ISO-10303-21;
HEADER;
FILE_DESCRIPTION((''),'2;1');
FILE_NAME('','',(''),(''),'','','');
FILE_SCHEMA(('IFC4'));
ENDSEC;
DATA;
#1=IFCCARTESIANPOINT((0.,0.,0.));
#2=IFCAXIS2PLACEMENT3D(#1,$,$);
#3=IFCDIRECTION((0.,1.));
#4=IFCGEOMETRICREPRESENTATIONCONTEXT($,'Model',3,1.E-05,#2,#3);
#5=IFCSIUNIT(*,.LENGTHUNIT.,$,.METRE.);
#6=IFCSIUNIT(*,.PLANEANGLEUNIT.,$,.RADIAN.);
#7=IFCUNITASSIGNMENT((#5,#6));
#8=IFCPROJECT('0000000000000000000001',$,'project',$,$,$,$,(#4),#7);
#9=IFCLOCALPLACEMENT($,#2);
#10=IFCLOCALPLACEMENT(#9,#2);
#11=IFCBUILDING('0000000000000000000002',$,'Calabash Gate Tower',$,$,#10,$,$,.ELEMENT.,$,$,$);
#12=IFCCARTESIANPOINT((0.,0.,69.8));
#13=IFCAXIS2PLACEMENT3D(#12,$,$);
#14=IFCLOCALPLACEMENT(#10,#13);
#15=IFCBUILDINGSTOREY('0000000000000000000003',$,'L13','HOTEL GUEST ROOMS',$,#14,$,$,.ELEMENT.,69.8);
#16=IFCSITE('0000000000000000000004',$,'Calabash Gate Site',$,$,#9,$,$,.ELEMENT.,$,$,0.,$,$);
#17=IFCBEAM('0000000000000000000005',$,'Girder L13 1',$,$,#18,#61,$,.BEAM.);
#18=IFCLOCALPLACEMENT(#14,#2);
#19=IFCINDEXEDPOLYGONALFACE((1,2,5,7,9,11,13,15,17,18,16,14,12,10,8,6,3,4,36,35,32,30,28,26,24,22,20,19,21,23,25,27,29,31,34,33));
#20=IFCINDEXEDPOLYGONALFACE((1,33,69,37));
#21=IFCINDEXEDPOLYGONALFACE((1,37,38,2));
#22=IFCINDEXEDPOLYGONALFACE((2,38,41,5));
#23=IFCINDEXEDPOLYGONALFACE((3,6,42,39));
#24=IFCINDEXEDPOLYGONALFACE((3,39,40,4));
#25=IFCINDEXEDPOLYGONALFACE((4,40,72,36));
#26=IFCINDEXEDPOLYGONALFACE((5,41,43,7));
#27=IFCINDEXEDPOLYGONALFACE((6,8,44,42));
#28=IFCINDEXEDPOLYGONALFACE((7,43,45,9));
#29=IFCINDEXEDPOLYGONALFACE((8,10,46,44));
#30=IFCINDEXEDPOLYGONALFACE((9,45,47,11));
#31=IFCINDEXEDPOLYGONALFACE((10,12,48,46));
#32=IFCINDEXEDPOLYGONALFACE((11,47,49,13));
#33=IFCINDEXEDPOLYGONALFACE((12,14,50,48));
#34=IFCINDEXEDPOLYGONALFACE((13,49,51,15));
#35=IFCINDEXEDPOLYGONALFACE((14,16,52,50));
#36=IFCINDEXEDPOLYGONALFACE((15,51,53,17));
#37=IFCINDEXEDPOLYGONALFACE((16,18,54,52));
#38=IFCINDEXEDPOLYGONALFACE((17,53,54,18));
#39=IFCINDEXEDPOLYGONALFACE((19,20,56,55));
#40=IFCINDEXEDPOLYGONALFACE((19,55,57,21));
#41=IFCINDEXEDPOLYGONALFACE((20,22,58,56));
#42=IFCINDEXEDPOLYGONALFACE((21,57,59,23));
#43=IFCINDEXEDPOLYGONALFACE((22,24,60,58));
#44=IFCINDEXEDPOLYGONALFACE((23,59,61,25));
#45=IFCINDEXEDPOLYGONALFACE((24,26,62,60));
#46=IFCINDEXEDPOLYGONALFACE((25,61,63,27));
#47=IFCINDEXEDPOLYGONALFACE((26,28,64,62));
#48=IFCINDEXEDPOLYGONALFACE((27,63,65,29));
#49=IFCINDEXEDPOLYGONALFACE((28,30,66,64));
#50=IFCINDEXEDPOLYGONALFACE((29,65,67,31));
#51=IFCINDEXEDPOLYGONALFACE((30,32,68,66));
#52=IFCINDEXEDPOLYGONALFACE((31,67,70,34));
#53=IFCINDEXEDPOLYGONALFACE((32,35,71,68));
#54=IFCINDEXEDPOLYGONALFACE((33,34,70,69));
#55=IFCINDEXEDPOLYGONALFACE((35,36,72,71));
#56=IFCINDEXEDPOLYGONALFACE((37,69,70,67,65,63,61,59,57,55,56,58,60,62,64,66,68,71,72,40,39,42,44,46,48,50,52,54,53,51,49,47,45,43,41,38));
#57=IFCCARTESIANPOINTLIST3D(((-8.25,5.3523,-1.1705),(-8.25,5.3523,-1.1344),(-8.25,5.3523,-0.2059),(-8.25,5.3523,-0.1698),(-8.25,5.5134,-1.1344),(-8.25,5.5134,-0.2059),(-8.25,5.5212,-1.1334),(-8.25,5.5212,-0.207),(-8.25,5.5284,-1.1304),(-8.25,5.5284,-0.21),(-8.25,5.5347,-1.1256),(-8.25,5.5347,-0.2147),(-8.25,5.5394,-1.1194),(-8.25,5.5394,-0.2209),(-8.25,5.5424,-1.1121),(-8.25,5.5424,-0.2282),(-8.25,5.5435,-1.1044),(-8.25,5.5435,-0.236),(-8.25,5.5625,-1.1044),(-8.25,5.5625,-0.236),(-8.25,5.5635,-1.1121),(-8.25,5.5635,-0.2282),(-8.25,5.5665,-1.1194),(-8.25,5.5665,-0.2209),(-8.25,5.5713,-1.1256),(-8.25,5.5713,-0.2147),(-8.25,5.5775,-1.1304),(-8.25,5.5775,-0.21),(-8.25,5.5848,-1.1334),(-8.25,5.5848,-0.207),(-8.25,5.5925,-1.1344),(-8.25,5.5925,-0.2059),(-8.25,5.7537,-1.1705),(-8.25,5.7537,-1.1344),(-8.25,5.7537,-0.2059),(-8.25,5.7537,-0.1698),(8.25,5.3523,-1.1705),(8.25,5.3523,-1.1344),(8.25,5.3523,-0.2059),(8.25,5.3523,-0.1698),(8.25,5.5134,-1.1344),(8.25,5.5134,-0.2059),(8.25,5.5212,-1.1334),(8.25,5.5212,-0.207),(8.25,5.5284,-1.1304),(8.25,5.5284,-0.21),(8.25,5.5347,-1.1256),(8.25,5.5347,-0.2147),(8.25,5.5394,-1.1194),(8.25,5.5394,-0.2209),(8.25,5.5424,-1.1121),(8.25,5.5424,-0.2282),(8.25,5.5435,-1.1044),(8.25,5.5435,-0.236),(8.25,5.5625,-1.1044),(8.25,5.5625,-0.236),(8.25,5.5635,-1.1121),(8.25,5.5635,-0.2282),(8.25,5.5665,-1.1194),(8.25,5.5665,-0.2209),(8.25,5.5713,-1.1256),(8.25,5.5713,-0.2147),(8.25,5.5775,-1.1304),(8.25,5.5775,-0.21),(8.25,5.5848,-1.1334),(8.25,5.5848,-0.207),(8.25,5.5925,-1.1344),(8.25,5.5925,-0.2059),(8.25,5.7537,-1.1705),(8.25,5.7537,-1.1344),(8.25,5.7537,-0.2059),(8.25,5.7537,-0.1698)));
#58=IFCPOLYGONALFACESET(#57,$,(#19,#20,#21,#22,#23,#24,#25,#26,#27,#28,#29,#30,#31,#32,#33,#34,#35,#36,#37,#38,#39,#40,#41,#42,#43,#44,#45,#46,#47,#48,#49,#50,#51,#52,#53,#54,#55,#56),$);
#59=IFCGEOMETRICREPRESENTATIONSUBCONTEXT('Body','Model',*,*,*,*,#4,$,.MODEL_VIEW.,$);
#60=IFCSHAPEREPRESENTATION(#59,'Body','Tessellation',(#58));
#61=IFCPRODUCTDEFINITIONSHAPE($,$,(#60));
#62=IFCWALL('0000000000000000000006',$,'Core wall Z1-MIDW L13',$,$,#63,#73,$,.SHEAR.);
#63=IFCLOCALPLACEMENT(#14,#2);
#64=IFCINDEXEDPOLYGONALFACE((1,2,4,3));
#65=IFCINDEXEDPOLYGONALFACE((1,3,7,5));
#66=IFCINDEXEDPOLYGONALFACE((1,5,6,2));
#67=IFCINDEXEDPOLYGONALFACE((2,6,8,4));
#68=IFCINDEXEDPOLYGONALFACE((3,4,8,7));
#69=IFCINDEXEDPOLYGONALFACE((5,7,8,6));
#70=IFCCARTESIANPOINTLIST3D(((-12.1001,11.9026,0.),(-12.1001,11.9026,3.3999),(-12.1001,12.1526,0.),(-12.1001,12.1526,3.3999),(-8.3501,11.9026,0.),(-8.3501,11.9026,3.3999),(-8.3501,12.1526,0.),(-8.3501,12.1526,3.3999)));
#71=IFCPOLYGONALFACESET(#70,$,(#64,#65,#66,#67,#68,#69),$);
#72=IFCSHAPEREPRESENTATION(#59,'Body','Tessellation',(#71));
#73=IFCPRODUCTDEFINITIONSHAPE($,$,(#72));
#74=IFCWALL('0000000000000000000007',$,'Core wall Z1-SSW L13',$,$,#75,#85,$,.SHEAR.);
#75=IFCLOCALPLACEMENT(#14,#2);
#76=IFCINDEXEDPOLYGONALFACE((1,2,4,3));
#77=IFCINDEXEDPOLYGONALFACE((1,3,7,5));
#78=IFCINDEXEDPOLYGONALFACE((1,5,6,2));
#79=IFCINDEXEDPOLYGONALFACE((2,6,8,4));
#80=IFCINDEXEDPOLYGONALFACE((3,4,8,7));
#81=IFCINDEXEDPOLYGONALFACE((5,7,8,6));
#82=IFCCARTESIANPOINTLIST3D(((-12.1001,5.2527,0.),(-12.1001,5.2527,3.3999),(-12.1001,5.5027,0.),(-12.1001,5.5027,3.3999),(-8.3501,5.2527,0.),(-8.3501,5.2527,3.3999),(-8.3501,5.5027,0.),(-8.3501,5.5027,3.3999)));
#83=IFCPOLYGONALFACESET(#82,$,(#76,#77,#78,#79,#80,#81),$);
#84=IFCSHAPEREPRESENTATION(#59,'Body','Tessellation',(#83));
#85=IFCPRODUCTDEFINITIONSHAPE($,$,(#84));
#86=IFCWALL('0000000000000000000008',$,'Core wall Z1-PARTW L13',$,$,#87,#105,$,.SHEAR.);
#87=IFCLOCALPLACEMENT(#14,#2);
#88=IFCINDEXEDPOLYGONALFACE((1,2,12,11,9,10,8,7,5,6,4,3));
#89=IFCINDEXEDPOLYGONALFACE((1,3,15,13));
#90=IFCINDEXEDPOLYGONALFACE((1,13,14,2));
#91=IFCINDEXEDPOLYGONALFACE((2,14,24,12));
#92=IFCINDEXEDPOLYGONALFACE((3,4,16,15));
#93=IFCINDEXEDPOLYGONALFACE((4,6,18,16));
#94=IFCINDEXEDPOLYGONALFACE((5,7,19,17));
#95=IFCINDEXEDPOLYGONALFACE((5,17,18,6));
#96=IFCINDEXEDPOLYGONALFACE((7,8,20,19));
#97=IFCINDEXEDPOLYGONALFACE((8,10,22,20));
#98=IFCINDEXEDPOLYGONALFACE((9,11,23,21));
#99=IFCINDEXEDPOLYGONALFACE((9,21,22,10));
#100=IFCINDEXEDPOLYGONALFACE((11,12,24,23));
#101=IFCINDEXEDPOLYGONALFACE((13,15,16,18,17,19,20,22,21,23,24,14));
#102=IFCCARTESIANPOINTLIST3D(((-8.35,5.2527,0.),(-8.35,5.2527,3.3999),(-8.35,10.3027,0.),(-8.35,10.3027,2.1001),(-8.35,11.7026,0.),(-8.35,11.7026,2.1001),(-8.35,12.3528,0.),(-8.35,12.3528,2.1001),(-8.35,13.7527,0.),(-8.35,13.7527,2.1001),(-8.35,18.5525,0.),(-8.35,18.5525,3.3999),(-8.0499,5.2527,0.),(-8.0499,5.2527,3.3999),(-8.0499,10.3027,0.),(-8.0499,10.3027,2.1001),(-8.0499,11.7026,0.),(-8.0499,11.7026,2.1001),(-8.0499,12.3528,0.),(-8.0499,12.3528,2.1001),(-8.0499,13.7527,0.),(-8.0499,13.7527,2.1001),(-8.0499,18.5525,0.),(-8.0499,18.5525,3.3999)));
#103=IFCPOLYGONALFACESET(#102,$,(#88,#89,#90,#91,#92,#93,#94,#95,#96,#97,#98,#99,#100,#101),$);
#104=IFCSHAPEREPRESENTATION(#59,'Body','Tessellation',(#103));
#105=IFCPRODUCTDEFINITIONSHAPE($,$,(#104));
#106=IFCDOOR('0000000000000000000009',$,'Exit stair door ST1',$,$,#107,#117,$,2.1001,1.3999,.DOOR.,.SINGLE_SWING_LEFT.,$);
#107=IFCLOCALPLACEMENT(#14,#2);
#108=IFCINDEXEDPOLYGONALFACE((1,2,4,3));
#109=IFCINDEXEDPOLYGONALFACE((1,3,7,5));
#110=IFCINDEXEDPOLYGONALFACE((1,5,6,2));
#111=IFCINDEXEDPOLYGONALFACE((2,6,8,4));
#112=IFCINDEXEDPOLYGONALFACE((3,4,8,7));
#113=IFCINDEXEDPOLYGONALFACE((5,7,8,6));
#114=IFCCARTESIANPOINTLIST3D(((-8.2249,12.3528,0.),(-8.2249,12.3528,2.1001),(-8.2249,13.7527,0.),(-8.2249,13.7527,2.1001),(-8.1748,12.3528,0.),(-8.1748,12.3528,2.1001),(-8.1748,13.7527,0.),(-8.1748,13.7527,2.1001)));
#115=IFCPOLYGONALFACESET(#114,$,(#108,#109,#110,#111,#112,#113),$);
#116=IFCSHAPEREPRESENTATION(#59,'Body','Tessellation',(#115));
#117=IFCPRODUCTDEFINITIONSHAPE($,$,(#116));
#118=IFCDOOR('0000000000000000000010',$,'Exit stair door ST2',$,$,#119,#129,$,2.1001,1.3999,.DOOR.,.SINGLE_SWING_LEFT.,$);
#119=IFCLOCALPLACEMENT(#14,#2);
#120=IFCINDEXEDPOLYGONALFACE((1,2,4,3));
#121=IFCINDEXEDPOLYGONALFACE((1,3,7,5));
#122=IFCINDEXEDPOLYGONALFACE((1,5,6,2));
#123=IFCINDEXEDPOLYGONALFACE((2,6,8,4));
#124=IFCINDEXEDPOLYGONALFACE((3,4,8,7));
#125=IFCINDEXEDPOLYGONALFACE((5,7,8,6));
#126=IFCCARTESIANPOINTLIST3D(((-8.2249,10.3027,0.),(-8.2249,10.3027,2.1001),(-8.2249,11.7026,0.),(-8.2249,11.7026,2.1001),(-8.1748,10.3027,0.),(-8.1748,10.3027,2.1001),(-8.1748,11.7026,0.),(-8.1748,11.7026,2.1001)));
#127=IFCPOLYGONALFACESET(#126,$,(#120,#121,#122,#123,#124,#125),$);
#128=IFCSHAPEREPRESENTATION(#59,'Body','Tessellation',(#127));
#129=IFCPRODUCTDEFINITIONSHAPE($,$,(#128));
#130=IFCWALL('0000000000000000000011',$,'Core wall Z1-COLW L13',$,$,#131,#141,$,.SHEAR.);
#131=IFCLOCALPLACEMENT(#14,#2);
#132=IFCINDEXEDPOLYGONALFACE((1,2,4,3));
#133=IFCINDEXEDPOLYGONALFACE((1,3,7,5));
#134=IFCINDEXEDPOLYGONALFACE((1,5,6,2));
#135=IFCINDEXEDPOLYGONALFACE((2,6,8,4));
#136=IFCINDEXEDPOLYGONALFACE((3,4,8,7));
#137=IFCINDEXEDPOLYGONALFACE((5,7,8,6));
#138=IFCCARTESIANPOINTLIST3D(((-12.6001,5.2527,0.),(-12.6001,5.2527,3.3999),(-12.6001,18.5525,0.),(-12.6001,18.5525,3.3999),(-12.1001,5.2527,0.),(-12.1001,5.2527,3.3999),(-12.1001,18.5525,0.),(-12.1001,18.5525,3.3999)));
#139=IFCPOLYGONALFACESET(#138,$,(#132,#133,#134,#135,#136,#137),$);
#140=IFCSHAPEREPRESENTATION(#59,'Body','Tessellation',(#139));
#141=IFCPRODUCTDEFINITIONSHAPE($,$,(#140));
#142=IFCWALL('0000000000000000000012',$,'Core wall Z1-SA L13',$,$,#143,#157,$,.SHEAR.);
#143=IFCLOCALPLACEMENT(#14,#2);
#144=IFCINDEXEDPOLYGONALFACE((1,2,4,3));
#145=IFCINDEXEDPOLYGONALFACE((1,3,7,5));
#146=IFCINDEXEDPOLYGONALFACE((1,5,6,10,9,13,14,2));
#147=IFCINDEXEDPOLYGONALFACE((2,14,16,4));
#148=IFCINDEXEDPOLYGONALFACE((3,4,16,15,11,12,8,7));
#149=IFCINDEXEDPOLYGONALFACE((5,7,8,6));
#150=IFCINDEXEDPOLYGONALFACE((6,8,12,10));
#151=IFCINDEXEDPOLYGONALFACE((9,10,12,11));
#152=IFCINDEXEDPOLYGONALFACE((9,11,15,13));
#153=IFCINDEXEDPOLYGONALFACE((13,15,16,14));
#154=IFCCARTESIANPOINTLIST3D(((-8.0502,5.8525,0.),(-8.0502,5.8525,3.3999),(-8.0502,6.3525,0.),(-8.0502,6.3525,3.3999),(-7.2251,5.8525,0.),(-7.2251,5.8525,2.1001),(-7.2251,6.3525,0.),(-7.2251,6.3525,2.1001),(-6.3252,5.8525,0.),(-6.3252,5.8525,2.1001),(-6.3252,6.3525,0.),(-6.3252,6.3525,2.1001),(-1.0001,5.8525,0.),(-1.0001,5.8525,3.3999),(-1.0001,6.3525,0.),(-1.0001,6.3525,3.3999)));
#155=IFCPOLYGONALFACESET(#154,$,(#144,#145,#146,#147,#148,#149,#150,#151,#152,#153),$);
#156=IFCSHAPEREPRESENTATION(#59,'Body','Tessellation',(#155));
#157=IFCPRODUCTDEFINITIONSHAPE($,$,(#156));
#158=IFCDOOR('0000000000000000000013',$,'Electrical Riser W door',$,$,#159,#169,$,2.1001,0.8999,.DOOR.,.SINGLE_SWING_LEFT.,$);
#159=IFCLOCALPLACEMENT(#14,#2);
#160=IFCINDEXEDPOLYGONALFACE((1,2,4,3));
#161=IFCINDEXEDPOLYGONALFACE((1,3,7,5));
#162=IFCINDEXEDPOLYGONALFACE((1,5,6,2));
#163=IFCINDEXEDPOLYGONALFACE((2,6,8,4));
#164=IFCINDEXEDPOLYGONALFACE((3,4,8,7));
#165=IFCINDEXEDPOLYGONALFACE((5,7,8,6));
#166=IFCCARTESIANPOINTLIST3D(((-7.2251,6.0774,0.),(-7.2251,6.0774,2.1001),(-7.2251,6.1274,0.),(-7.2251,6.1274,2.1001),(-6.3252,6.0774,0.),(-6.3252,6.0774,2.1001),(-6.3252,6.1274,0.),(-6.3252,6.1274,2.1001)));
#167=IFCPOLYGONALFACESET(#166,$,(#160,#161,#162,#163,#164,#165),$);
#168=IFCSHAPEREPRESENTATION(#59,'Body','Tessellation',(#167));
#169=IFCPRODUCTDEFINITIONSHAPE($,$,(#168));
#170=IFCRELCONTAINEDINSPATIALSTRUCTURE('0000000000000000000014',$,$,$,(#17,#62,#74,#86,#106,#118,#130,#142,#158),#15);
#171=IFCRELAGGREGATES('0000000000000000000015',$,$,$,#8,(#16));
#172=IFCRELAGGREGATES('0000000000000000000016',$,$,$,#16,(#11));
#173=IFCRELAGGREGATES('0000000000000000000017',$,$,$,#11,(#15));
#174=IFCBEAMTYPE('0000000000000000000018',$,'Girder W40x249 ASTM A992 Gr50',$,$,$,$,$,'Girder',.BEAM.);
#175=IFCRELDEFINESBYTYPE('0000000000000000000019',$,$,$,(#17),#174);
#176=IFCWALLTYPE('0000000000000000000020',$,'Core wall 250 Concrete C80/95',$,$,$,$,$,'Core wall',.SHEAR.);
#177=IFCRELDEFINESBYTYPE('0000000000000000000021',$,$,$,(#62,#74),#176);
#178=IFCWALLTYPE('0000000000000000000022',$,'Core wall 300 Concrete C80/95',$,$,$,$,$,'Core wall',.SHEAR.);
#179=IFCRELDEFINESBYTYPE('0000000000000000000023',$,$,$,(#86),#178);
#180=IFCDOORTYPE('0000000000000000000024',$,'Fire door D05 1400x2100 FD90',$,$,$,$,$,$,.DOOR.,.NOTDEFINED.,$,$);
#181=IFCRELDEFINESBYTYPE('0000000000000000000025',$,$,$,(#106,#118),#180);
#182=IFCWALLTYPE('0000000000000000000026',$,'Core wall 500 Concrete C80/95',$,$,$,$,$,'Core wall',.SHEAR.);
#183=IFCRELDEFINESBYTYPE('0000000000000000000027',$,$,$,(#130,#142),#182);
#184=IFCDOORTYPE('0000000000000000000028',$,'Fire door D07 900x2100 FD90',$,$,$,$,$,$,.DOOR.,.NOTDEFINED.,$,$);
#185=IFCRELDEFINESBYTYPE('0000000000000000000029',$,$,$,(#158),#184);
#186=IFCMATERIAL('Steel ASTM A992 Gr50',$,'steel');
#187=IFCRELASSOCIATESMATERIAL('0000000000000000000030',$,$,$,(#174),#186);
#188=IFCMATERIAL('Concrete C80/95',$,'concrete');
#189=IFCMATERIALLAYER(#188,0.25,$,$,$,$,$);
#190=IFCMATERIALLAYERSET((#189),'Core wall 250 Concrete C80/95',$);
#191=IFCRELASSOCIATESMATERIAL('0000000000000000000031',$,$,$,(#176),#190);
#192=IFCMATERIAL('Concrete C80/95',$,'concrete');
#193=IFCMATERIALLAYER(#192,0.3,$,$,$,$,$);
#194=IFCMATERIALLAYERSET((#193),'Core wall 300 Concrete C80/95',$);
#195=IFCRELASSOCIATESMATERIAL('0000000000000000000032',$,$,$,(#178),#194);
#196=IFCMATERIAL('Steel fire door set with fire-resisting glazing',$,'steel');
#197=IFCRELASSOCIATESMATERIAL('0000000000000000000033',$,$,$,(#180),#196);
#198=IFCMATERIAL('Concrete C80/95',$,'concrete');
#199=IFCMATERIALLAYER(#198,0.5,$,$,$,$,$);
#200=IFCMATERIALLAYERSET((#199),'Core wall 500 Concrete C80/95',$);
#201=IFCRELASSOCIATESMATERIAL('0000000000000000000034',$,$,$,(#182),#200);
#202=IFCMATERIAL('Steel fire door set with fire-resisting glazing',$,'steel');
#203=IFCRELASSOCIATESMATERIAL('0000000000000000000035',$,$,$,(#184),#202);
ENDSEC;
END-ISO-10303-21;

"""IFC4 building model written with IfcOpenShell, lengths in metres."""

from ifc_helpers import new_model, si_unit, direction, frame, frame_2d, origin, origin_2d, place, context, subcontext, project, spatial, rectangle, i_section, extrude, material, layer, layer_set, material_profile, profile_set, type_object, element, fill, save


model = new_model("IFC4")

# Units and contexts
model_context = context("Model", 3, precision=1e-05, world=origin(), true_north=direction((0.0, 1.0)))
body_context = subcontext(model_context, "Body", "Model", "MODEL_VIEW")
ifc_project = project(units=[si_unit("LENGTHUNIT", "METRE"), si_unit("PLANEANGLEUNIT", "RADIAN")], contexts=[model_context])

# Site, building, storey
site_placement = place(None, origin())
site = spatial("IfcSite", under=ifc_project, at=site_placement, Name="Calabash Gate Site", CompositionType="ELEMENT", RefElevation=0.0)
building_placement = place(site_placement, origin())
building = spatial("IfcBuilding", under=site, at=building_placement, Name="Calabash Gate Tower", CompositionType="ELEMENT")
storey_placement = place(building_placement, frame((0.0, 0.0, 69.8)))
storey = spatial("IfcBuildingStorey", under=building, at=storey_placement, Name="L13", Description="HOTEL GUEST ROOMS", CompositionType="ELEMENT", Elevation=69.8)

# Beam
ifc_material_1 = material(Name="Steel ASTM A992 Gr50", Category="steel")
ifc_material_profile = material_profile(ifc_material_1, i_section(OverallWidth=0.4014, OverallDepth=1.0007, WebThickness=0.019, FlangeThickness=0.0361, FilletRadius=0.03, at=origin_2d()))
ifc_profile_set = profile_set([ifc_material_profile], Name="Steel ASTM A992 Gr50")
beam_type = type_object("IfcBeamType", Name="Girder W40x249 ASTM A992 Gr50", ElementType="Girder", PredefinedType="BEAM", material=ifc_profile_set)
beam_placement = place(storey_placement, frame((-8.25, 5.553, -0.6702), z_axis=(1.0, 0.0, 0.0), x_axis=(0.0, 1.0, 0.0)))
element("IfcBeam", 1, at=beam_placement, inside=storey, type_object=beam_type, Name="Girder L13 1", PredefinedType="BEAM", context=body_context, shape_type="SweptSolid", body=[
    extrude(i_section(OverallWidth=0.4014, OverallDepth=1.0007, WebThickness=0.019, FlangeThickness=0.0361, FilletRadius=0.03, at=origin_2d()), origin(), (0.0, 0.0, 1.0), 16.5),
])

# Walls
ifc_material_2 = material(Name="Concrete C80/95", Category="concrete")
ifc_layer_1 = layer(ifc_material_2, 0.25)
ifc_layer_set_1 = layer_set([ifc_layer_1], Name="Core wall 250 Concrete C80/95")
wall_type_1 = type_object("IfcWallType", Name="Core wall 250 Concrete C80/95", ElementType="Core wall", PredefinedType="SHEAR", material=ifc_layer_set_1)
for number, where, z_axis, x_axis, name in (
    (2, (-12.1001, 12.0276, 0.0), (0.0, 0.0, 1.0), (1.0, 0.0, 0.0), "Core wall Z1-MIDW L13"),
    (3, (-12.1001, 5.3777, 0.0), (0.0, 0.0, 1.0), (1.0, 0.0, 0.0), "Core wall Z1-SSW L13"),
):
    element("IfcWall", number, at=place(storey_placement, frame(where, z_axis=z_axis, x_axis=x_axis)), inside=storey, type_object=wall_type_1, Name=name, PredefinedType="SHEAR", context=body_context, shape_type="SweptSolid", body=[
        extrude(rectangle(XDim=3.75, YDim=0.25, at=frame_2d((1.875, 0.0))), origin(), (0.0, 0.0, 1.0), 3.3999),
    ])

# Wall, openings, doors
ifc_material_3 = material(Name="Concrete C80/95", Category="concrete")
ifc_layer_2 = layer(ifc_material_3, 0.3)
ifc_layer_set_2 = layer_set([ifc_layer_2], Name="Core wall 300 Concrete C80/95")
wall_type_2 = type_object("IfcWallType", Name="Core wall 300 Concrete C80/95", ElementType="Core wall", PredefinedType="SHEAR", material=ifc_layer_set_2)
wall_1_placement = place(storey_placement, frame((-8.2, 5.2527, 0.0), z_axis=(0.0, 0.0, 1.0), x_axis=(0.0, 1.0, 0.0)))
wall_1 = element("IfcWall", 4, at=wall_1_placement, inside=storey, type_object=wall_type_2, Name="Core wall Z1-PARTW L13", PredefinedType="SHEAR", context=body_context, shape_type="SweptSolid", body=[
    extrude(rectangle(XDim=13.2998, YDim=0.3, at=frame_2d((6.6499, 0.0))), origin(), (0.0, 0.0, 1.0), 3.3999),
])
opening_1_placement = place(wall_1_placement, frame((7.1001, 0.0, 0.0)))
opening_1 = element("IfcOpeningElement", 5, at=opening_1_placement, cuts=wall_1, PredefinedType="OPENING", context=body_context, shape_type="SweptSolid", body=[
    extrude(rectangle(XDim=1.3999, YDim=2.1001, at=frame_2d((0.7, 1.05))), frame((0.0, 0.1599, 0.0), z_axis=(0.0, -1.0, 0.0), x_axis=(1.0, 0.0, 0.0)), (0.0, 0.0, 1.0), 0.3201),
])
opening_2_placement = place(wall_1_placement, frame((5.05, 0.0, 0.0)))
opening_2 = element("IfcOpeningElement", 6, at=opening_2_placement, cuts=wall_1, PredefinedType="OPENING", context=body_context, shape_type="SweptSolid", body=[
    extrude(rectangle(XDim=1.3999, YDim=2.1001, at=frame_2d((0.7, 1.05))), frame((0.0, 0.1599, 0.0), z_axis=(0.0, -1.0, 0.0), x_axis=(1.0, 0.0, 0.0)), (0.0, 0.0, 1.0), 0.3201),
])
ifc_material_4 = material(Name="Steel fire door set with fire-resisting glazing", Category="steel")
door_type_1 = type_object("IfcDoorType", Name="Fire door D05 1400x2100 FD90", OperationType="NOTDEFINED", PredefinedType="DOOR", material=ifc_material_4)
door_1_placement = place(opening_1_placement, origin())
door_1 = element("IfcDoor", 7, at=door_1_placement, inside=storey, type_object=door_type_1, Name="Exit stair door ST1", OperationType="SINGLE_SWING_LEFT", OverallHeight=2.1001, OverallWidth=1.3999, PredefinedType="DOOR", context=body_context, shape_type="SweptSolid", body=[
    extrude(rectangle(XDim=1.3999, YDim=2.1001, at=frame_2d((0.7, 1.05))), frame((0.0, 0.0249, 0.0), z_axis=(0.0, -1.0, 0.0), x_axis=(1.0, 0.0, 0.0)), (0.0, 0.0, 1.0), 0.05),
])
fill(opening_1, door_1)
door_2_placement = place(opening_2_placement, origin())
door_2 = element("IfcDoor", 8, at=door_2_placement, inside=storey, type_object=door_type_1, Name="Exit stair door ST2", OperationType="SINGLE_SWING_LEFT", OverallHeight=2.1001, OverallWidth=1.3999, PredefinedType="DOOR", context=body_context, shape_type="SweptSolid", body=[
    extrude(rectangle(XDim=1.3999, YDim=2.1001, at=frame_2d((0.7, 1.05))), frame((0.0, 0.0249, 0.0), z_axis=(0.0, -1.0, 0.0), x_axis=(1.0, 0.0, 0.0)), (0.0, 0.0, 1.0), 0.05),
])
fill(opening_2, door_2)

# Wall
ifc_material_5 = material(Name="Concrete C80/95", Category="concrete")
ifc_layer_3 = layer(ifc_material_5, 0.5)
ifc_layer_set_3 = layer_set([ifc_layer_3], Name="Core wall 500 Concrete C80/95")
wall_type_3 = type_object("IfcWallType", Name="Core wall 500 Concrete C80/95", ElementType="Core wall", PredefinedType="SHEAR", material=ifc_layer_set_3)
wall_2_placement = place(storey_placement, frame((-12.3501, 5.2527, 0.0), z_axis=(0.0, 0.0, 1.0), x_axis=(0.0, 1.0, 0.0)))
element("IfcWall", 9, at=wall_2_placement, inside=storey, type_object=wall_type_3, Name="Core wall Z1-COLW L13", PredefinedType="SHEAR", context=body_context, shape_type="SweptSolid", body=[
    extrude(rectangle(XDim=13.2998, YDim=0.5, at=frame_2d((6.6499, 0.0))), origin(), (0.0, 0.0, 1.0), 3.3999),
])

# Wall, opening, door
wall_3_placement = place(storey_placement, frame((-8.05, 6.1025, 0.0), z_axis=(0.0, 0.0, 1.0), x_axis=(1.0, 0.0, 0.0)))
wall_3 = element("IfcWall", 10, at=wall_3_placement, inside=storey, type_object=wall_type_3, Name="Core wall Z1-SA L13", PredefinedType="SHEAR", context=body_context, shape_type="SweptSolid", body=[
    extrude(rectangle(XDim=7.05, YDim=0.5, at=frame_2d((3.5249, 0.0))), origin(), (0.0, 0.0, 1.0), 3.3999),
])
opening_3_placement = place(wall_3_placement, frame((0.825, 0.0, 0.0)))
opening_3 = element("IfcOpeningElement", 11, at=opening_3_placement, cuts=wall_3, PredefinedType="OPENING", context=body_context, shape_type="SweptSolid", body=[
    extrude(rectangle(XDim=0.8999, YDim=2.1001, at=frame_2d((0.45, 1.05))), frame((0.0, 0.26, 0.0), z_axis=(0.0, -1.0, 0.0), x_axis=(1.0, 0.0, 0.0)), (0.0, 0.0, 1.0), 0.52),
])
ifc_material_6 = material(Name="Steel fire door set with fire-resisting glazing", Category="steel")
door_type_2 = type_object("IfcDoorType", Name="Fire door D07 900x2100 FD90", OperationType="NOTDEFINED", PredefinedType="DOOR", material=ifc_material_6)
door_3_placement = place(opening_3_placement, origin())
door_3 = element("IfcDoor", 12, at=door_3_placement, inside=storey, type_object=door_type_2, Name="Electrical Riser W door", OperationType="SINGLE_SWING_LEFT", OverallHeight=2.1001, OverallWidth=0.8999, PredefinedType="DOOR", context=body_context, shape_type="SweptSolid", body=[
    extrude(rectangle(XDim=0.8999, YDim=2.1001, at=frame_2d((0.45, 1.05))), frame((0.0, 0.0249, 0.0), z_axis=(0.0, -1.0, 0.0), x_axis=(1.0, 0.0, 0.0)), (0.0, 0.0, 1.0), 0.05),
])
fill(opening_3, door_3)

save(model, "model.ifc")
